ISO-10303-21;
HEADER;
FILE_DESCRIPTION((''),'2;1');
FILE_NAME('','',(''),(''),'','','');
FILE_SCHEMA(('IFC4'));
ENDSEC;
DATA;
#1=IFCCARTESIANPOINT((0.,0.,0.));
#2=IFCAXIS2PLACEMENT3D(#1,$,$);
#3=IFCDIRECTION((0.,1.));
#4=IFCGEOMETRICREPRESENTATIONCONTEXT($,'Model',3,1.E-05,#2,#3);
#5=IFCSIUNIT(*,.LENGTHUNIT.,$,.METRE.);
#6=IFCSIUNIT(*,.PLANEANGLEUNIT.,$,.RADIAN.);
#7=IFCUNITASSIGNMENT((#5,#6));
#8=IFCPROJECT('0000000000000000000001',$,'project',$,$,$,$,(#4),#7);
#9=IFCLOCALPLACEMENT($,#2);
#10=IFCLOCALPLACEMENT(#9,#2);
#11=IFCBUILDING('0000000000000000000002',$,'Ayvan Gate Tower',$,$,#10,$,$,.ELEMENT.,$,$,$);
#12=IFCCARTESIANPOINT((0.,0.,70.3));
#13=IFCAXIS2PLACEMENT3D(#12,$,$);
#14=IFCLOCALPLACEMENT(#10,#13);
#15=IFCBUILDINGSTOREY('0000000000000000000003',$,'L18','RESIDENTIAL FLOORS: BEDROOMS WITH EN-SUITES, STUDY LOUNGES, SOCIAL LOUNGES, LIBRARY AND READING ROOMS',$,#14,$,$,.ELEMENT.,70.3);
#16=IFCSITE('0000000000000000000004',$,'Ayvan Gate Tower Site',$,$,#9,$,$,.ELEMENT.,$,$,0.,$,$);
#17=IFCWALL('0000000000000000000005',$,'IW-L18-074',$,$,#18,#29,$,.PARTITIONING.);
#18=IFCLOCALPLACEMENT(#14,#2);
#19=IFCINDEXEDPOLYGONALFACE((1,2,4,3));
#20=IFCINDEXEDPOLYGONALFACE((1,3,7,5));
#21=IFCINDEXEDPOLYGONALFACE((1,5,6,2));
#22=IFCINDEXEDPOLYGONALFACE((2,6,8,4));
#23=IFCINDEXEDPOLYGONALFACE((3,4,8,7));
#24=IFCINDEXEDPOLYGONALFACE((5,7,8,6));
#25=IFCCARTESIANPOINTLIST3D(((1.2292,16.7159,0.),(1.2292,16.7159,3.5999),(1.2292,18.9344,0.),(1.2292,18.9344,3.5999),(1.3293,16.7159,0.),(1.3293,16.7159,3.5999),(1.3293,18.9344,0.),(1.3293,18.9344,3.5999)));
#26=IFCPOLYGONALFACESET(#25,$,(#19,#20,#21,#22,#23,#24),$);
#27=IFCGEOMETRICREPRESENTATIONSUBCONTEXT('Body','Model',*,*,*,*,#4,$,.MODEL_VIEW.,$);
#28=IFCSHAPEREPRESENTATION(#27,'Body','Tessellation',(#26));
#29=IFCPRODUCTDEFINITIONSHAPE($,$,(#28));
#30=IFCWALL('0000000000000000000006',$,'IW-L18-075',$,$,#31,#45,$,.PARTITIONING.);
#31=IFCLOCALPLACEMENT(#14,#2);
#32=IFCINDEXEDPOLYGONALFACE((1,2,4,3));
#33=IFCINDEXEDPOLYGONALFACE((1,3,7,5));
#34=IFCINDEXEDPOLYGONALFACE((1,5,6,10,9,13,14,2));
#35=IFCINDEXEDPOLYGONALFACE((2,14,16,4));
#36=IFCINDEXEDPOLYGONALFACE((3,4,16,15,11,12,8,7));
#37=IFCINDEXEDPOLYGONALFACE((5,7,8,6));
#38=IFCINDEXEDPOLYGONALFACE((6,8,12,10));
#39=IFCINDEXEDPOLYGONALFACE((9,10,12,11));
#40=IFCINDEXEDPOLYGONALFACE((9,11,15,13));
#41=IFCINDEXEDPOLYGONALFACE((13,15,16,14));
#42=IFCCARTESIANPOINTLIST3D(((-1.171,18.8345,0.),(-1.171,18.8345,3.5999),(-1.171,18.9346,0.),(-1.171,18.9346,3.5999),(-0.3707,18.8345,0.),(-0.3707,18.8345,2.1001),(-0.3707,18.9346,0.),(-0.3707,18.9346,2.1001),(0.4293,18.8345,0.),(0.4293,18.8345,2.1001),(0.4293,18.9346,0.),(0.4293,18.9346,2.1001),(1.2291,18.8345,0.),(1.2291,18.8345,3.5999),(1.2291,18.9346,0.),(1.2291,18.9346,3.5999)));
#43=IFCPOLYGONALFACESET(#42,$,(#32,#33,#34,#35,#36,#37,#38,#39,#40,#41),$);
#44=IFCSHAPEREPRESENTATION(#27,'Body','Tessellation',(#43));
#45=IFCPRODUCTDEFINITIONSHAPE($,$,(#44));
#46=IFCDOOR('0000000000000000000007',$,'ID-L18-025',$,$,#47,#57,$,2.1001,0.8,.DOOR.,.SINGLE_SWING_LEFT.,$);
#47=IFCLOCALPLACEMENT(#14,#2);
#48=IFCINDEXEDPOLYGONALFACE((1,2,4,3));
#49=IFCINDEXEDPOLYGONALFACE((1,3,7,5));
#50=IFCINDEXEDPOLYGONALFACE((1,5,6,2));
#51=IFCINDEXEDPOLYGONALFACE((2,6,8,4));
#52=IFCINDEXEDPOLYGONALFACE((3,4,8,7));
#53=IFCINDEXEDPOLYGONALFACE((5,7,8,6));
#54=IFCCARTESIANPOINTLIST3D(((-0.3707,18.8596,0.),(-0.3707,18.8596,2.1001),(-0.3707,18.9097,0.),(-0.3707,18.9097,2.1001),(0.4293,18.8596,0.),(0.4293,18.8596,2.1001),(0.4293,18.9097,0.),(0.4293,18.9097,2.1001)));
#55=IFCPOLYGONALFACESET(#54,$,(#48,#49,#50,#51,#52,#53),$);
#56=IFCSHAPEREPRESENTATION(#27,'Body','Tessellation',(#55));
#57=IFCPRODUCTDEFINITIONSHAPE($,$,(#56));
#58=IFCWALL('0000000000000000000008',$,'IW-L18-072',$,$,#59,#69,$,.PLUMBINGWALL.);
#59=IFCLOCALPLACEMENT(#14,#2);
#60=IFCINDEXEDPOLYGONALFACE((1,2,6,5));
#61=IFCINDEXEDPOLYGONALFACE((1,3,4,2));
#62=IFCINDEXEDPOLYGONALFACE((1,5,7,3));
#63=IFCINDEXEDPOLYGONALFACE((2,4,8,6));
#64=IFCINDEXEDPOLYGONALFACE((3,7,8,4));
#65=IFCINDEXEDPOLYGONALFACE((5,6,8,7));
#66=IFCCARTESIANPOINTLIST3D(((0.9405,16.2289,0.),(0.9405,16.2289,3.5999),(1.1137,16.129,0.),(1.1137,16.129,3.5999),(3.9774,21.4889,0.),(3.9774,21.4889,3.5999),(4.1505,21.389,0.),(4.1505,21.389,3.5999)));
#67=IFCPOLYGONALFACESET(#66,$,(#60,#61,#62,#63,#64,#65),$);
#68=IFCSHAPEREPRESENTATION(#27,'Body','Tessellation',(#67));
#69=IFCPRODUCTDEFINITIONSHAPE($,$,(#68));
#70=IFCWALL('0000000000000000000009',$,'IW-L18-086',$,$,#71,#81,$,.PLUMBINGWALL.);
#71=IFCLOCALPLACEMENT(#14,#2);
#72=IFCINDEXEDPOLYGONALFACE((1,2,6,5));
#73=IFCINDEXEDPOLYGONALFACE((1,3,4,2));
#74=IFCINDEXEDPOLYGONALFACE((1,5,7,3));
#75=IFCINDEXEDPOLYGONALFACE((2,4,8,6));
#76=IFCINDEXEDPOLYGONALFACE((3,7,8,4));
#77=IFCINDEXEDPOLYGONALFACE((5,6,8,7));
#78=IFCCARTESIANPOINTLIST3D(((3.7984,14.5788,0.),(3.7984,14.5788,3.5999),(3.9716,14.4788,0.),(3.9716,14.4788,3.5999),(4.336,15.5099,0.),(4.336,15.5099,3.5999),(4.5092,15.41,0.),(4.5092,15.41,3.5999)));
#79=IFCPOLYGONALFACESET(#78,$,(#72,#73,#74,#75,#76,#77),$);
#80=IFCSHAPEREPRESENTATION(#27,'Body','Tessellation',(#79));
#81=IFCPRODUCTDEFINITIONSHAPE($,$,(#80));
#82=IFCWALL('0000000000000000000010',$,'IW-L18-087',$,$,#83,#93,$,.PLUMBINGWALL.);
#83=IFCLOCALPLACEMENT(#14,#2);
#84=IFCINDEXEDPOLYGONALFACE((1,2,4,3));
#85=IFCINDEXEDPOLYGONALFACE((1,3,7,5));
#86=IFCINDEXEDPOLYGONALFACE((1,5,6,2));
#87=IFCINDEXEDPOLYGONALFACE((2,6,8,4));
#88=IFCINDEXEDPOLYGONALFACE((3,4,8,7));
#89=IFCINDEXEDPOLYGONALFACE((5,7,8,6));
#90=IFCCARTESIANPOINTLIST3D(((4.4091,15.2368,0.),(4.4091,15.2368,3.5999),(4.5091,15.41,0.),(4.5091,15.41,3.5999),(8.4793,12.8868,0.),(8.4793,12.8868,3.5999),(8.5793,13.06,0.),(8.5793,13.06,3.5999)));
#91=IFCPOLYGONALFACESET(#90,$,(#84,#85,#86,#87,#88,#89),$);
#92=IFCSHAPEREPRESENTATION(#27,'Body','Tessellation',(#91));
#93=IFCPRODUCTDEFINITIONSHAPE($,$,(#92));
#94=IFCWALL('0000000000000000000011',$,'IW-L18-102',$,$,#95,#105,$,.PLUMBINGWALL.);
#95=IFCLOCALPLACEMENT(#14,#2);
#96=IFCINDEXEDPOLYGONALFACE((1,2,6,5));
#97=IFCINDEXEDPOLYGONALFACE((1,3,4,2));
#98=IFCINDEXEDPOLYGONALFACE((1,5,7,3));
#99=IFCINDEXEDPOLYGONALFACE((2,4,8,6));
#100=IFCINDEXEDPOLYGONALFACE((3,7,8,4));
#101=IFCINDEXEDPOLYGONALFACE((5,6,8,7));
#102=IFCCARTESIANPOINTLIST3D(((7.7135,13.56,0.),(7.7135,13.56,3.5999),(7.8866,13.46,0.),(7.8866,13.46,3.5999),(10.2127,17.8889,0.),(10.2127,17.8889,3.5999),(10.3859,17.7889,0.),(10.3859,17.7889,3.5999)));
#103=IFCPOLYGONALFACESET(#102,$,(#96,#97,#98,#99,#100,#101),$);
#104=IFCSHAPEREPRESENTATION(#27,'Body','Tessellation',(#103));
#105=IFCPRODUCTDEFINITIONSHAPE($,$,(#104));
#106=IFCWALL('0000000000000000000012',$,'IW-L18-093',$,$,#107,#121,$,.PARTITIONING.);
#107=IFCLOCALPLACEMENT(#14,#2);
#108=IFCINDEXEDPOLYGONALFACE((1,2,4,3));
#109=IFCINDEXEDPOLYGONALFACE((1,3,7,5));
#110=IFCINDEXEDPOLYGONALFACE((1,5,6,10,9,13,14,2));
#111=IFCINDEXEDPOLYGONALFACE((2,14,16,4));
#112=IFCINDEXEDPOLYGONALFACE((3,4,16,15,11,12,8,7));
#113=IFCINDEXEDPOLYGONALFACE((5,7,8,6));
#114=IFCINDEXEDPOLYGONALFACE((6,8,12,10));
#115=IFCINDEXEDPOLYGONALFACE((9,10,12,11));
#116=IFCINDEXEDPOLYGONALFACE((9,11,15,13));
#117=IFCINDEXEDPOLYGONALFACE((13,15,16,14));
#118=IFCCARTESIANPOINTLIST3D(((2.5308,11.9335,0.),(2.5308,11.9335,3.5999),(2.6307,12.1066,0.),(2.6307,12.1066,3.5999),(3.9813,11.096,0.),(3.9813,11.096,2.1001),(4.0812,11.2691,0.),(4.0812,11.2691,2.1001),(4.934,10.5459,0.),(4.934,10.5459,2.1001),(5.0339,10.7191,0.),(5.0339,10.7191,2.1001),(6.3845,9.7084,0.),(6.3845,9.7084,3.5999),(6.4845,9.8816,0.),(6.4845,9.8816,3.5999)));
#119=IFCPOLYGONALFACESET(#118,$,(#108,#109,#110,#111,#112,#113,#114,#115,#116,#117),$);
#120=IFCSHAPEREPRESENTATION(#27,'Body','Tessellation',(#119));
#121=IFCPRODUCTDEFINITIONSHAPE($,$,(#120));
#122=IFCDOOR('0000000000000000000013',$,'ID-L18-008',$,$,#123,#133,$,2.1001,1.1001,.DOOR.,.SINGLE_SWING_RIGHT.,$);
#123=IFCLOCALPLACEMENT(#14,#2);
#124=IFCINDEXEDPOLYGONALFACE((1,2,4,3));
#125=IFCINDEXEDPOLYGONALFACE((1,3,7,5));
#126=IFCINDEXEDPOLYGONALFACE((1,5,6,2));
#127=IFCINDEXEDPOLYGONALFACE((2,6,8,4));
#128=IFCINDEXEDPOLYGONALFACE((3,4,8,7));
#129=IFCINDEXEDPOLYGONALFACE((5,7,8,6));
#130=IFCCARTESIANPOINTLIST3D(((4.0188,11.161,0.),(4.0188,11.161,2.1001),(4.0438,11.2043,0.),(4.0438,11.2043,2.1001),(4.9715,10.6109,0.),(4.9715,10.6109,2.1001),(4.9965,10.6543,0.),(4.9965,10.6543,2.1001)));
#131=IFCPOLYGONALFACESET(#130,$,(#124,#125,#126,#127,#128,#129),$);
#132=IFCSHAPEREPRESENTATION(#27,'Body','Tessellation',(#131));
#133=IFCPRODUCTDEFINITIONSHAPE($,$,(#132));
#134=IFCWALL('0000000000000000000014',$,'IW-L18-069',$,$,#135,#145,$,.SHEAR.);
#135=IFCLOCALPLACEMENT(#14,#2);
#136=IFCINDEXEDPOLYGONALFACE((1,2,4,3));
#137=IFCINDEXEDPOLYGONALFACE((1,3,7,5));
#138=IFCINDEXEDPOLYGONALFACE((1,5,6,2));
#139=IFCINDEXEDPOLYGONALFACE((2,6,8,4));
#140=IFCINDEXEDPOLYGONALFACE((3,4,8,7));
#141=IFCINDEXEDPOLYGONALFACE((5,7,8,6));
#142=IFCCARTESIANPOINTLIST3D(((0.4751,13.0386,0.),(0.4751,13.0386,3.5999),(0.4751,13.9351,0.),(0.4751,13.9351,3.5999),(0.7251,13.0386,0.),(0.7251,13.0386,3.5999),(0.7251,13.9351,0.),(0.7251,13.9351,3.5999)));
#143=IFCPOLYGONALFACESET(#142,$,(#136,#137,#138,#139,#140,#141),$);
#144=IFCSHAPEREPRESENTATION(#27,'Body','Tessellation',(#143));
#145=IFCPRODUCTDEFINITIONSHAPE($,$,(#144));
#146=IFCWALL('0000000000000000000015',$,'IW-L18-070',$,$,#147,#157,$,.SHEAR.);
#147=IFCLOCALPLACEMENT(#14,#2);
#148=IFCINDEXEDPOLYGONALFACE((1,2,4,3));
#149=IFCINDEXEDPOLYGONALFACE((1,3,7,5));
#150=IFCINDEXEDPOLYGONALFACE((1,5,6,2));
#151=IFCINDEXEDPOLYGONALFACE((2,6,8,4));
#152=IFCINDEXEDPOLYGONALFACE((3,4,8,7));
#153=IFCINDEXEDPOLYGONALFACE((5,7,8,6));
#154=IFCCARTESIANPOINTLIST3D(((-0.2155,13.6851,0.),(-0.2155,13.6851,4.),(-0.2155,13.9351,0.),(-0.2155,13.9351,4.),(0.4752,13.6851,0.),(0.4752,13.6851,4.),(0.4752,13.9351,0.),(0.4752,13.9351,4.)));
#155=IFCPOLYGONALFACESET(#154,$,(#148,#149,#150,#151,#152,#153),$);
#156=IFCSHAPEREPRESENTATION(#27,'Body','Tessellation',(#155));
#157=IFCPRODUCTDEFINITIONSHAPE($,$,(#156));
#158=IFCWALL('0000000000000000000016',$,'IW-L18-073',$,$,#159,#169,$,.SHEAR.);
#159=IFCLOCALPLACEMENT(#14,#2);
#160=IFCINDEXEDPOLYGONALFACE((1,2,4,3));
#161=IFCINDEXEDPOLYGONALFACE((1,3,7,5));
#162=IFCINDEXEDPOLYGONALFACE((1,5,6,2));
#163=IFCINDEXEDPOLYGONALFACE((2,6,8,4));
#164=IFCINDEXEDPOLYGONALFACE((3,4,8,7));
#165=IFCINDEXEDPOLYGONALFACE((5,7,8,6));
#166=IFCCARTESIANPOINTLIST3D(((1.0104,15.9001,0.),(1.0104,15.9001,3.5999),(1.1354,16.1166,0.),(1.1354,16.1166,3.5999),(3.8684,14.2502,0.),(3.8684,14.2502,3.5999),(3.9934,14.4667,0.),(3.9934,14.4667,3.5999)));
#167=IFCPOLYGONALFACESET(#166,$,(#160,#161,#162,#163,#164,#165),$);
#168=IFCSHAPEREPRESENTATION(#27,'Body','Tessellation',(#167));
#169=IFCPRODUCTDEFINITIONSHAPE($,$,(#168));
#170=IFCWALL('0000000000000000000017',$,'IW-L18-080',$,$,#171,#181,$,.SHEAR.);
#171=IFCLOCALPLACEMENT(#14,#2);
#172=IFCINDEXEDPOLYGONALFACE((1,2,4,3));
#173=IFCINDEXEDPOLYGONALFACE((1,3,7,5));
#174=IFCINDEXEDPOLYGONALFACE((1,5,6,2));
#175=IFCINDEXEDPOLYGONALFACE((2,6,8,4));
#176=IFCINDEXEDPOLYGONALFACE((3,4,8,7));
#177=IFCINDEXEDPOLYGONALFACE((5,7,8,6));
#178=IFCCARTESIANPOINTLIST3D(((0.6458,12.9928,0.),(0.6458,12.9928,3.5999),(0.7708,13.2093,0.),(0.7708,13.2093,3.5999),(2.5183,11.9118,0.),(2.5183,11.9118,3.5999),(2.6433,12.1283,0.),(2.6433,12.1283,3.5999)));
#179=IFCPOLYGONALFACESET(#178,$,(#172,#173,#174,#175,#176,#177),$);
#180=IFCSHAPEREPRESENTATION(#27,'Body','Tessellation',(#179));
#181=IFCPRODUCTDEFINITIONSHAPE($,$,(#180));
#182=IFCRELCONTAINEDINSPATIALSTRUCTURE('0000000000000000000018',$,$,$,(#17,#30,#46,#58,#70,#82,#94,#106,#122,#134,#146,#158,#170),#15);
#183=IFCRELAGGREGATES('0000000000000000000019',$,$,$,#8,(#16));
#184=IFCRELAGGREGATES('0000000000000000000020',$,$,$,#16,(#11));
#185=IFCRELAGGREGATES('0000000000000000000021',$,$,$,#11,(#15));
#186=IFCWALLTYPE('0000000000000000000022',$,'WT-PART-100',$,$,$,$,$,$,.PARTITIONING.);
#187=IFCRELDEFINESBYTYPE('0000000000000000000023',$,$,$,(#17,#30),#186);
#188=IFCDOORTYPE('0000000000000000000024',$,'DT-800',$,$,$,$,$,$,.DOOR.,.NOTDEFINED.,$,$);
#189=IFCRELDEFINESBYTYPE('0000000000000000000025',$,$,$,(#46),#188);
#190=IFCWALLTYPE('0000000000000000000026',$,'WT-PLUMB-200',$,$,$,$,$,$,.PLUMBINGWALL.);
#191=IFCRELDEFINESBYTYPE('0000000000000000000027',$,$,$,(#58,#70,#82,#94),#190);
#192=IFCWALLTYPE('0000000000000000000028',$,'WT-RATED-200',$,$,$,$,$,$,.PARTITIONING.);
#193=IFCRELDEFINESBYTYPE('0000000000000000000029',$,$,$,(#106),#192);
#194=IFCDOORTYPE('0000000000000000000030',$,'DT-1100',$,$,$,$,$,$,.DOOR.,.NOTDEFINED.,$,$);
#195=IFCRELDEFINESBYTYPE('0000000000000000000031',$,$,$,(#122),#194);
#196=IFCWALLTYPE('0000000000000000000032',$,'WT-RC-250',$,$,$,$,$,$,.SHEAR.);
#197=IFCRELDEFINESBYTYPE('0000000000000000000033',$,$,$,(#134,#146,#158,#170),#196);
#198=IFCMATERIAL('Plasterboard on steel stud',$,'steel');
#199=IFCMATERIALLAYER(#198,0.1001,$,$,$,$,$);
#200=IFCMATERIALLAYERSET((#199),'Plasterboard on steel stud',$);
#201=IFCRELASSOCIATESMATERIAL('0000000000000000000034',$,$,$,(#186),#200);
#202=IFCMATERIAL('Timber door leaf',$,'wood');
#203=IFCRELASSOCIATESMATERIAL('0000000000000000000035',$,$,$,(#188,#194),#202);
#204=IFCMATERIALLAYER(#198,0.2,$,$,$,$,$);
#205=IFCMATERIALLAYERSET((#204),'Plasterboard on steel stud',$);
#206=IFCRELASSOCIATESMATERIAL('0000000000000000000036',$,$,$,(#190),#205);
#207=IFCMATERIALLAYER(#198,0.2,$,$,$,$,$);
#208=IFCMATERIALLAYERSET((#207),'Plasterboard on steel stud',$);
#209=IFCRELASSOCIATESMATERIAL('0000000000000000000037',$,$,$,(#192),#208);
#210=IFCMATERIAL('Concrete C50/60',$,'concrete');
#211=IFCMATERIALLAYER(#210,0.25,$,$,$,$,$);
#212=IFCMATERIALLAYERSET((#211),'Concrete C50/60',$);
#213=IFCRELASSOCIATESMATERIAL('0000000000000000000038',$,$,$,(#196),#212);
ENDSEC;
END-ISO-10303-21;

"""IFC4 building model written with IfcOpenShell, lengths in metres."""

from ifc_helpers import new_model, si_unit, direction, frame, frame_2d, origin, place, context, subcontext, project, spatial, rectangle, extrude, material, layer, layer_set, type_object, element, fill, save


model = new_model("IFC4")

# Units and contexts
model_context = context("Model", 3, precision=1e-05, world=origin(), true_north=direction((0.0, 1.0)))
body_context = subcontext(model_context, "Body", "Model", "MODEL_VIEW")
ifc_project = project(units=[si_unit("LENGTHUNIT", "METRE"), si_unit("PLANEANGLEUNIT", "RADIAN")], contexts=[model_context])

# Site, building, storey
site_placement = place(None, origin())
site = spatial("IfcSite", under=ifc_project, at=site_placement, Name="Ayvan Gate Tower Site", CompositionType="ELEMENT", RefElevation=0.0)
building_placement = place(site_placement, origin())
building = spatial("IfcBuilding", under=site, at=building_placement, Name="Ayvan Gate Tower", CompositionType="ELEMENT")
storey_placement = place(building_placement, frame((0.0, 0.0, 70.3)))
storey = spatial("IfcBuildingStorey", under=building, at=storey_placement, Name="L18", Description="RESIDENTIAL FLOORS: BEDROOMS WITH EN-SUITES, STUDY LOUNGES, SOCIAL LOUNGES, LIBRARY AND READING ROOMS", CompositionType="ELEMENT", Elevation=70.3)

# Wall
ifc_material_1 = material(Name="Plasterboard on steel stud", Category="steel")
ifc_layer_1 = layer(ifc_material_1, 0.1001)
ifc_layer_set_1 = layer_set([ifc_layer_1], Name="Plasterboard on steel stud")
wall_type_1 = type_object("IfcWallType", Name="WT-PART-100", PredefinedType="PARTITIONING", material=ifc_layer_set_1)
wall_1_placement = place(storey_placement, frame((1.2793, 16.7158, 0.0), z_axis=(0.0, 0.0, 1.0), x_axis=(0.0, 1.0, 0.0)))
element("IfcWall", 1, at=wall_1_placement, inside=storey, type_object=wall_type_1, Name="IW-L18-074", PredefinedType="PARTITIONING", context=body_context, shape_type="SweptSolid", body=[
    extrude(rectangle(XDim=2.2185, YDim=0.1001, at=frame_2d((1.1094, 0.0))), origin(), (0.0, 0.0, 1.0), 3.5999),
])

# Wall, opening, door
wall_2_placement = place(storey_placement, frame((1.2292, 18.8845, 0.0), z_axis=(0.0, 0.0, 1.0), x_axis=(-1.0, 0.0, 0.0)))
wall_2 = element("IfcWall", 2, at=wall_2_placement, inside=storey, type_object=wall_type_1, Name="IW-L18-075", PredefinedType="PARTITIONING", context=body_context, shape_type="SweptSolid", body=[
    extrude(rectangle(XDim=2.4001, YDim=0.1001, at=frame_2d((1.2002, 0.0))), origin(), (0.0, 0.0, 1.0), 3.5999),
])
opening_1_placement = place(wall_2_placement, frame((0.8, 0.0, 0.0)))
opening_1 = element("IfcOpeningElement", 3, at=opening_1_placement, cuts=wall_2, PredefinedType="OPENING", context=body_context, shape_type="SweptSolid", body=[
    extrude(rectangle(XDim=0.8, YDim=2.1001, at=frame_2d((0.3999, 1.05))), frame((0.0, 0.0601, 0.0), z_axis=(0.0, -1.0, 0.0), x_axis=(1.0, 0.0, 0.0)), (0.0, 0.0, 1.0), 0.1201),
])
ifc_material_2 = material(Name="Timber door leaf", Category="wood")
door_type_1 = type_object("IfcDoorType", Name="DT-800", OperationType="NOTDEFINED", PredefinedType="DOOR", material=ifc_material_2)
door_1_placement = place(opening_1_placement, origin())
door_1 = element("IfcDoor", 4, at=door_1_placement, inside=storey, type_object=door_type_1, Name="ID-L18-025", OperationType="SINGLE_SWING_LEFT", OverallHeight=2.1001, OverallWidth=0.8, PredefinedType="DOOR", context=body_context, shape_type="SweptSolid", body=[
    extrude(rectangle(XDim=0.8, YDim=2.1001, at=frame_2d((0.3999, 1.05))), frame((0.0, 0.0249, 0.0), z_axis=(0.0, -1.0, 0.0), x_axis=(1.0, 0.0, 0.0)), (0.0, 0.0, 1.0), 0.05),
])
fill(opening_1, door_1)

# Walls
ifc_layer_2 = layer(ifc_material_1, 0.2)
ifc_layer_set_2 = layer_set([ifc_layer_2], Name="Plasterboard on steel stud")
wall_type_2 = type_object("IfcWallType", Name="WT-PLUMB-200", PredefinedType="PLUMBINGWALL", material=ifc_layer_set_2)
wall_3_placement = place(storey_placement, frame((1.0271, 16.179, 0.0), z_axis=(0.0, 0.0, 1.0), x_axis=(0.5, 0.866026, 0.0)))
element("IfcWall", 5, at=wall_3_placement, inside=storey, type_object=wall_type_2, Name="IW-L18-072", PredefinedType="PLUMBINGWALL", context=body_context, shape_type="SweptSolid", body=[
    extrude(rectangle(XDim=6.0737, YDim=0.2, at=frame_2d((3.0369, 0.0))), origin(), (0.0, 0.0, 1.0), 3.5999),
])
wall_4_placement = place(storey_placement, frame((3.885, 14.5288, 0.0), z_axis=(0.0, 0.0, 1.0), x_axis=(0.499998, 0.866027, 0.0)))
element("IfcWall", 6, at=wall_4_placement, inside=storey, type_object=wall_type_2, Name="IW-L18-086", PredefinedType="PLUMBINGWALL", context=body_context, shape_type="SweptSolid", body=[
    extrude(rectangle(XDim=1.0752, YDim=0.2, at=frame_2d((0.5376, 0.0))), origin(), (0.0, 0.0, 1.0), 3.5999),
])
wall_5_placement = place(storey_placement, frame((4.459, 15.3235, 0.0), z_axis=(0.0, 0.0, 1.0), x_axis=(0.866016, -0.500016, 0.0)))
element("IfcWall", 7, at=wall_5_placement, inside=storey, type_object=wall_type_2, Name="IW-L18-087", PredefinedType="PLUMBINGWALL", context=body_context, shape_type="SweptSolid", body=[
    extrude(rectangle(XDim=4.7, YDim=0.2, at=frame_2d((2.3501, 0.0))), origin(), (0.0, 0.0, 1.0), 3.5999),
])
wall_6_placement = place(storey_placement, frame((7.8, 13.51, 0.0), z_axis=(0.0, 0.0, 1.0), x_axis=(0.5, 0.866025, 0.0)))
element("IfcWall", 8, at=wall_6_placement, inside=storey, type_object=wall_type_2, Name="IW-L18-102", PredefinedType="PLUMBINGWALL", context=body_context, shape_type="SweptSolid", body=[
    extrude(rectangle(XDim=4.9985, YDim=0.2, at=frame_2d((2.4993, 0.0))), origin(), (0.0, 0.0, 1.0), 3.5999),
])

# Wall, opening, door
ifc_layer_3 = layer(ifc_material_1, 0.2)
ifc_layer_set_3 = layer_set([ifc_layer_3], Name="Plasterboard on steel stud")
wall_type_3 = type_object("IfcWallType", Name="WT-RATED-200", PredefinedType="PARTITIONING", material=ifc_layer_set_3)
wall_7_placement = place(storey_placement, frame((6.4346, 9.7949, 0.0), z_axis=(0.0, 0.0, 1.0), x_axis=(-0.866013, 0.500022, 0.0)))
wall_7 = element("IfcWall", 9, at=wall_7_placement, inside=storey, type_object=wall_type_3, Name="IW-L18-093", PredefinedType="PARTITIONING", context=body_context, shape_type="SweptSolid", body=[
    extrude(rectangle(XDim=4.45, YDim=0.2, at=frame_2d((2.2251, 0.0))), origin(), (0.0, 0.0, 1.0), 3.5999),
])
opening_2_placement = place(wall_7_placement, frame((1.675, 0.0, 0.0)))
opening_2 = element("IfcOpeningElement", 10, at=opening_2_placement, cuts=wall_7, PredefinedType="OPENING", context=body_context, shape_type="SweptSolid", body=[
    extrude(rectangle(XDim=1.1001, YDim=2.1001, at=frame_2d((0.55, 1.05))), frame((0.0, 0.1099, 0.0), z_axis=(0.0, -1.0, 0.0), x_axis=(1.0, 0.0, 0.0)), (0.0, 0.0, 1.0), 0.22),
])
door_type_2 = type_object("IfcDoorType", Name="DT-1100", OperationType="NOTDEFINED", PredefinedType="DOOR", material=ifc_material_2)
door_2_placement = place(opening_2_placement, origin())
door_2 = element("IfcDoor", 11, at=door_2_placement, inside=storey, type_object=door_type_2, Name="ID-L18-008", OperationType="SINGLE_SWING_RIGHT", OverallHeight=2.1001, OverallWidth=1.1001, PredefinedType="DOOR", context=body_context, shape_type="SweptSolid", body=[
    extrude(rectangle(XDim=1.1001, YDim=2.1001, at=frame_2d((0.55, 1.05))), frame((0.0, 0.0249, 0.0), z_axis=(0.0, -1.0, 0.0), x_axis=(1.0, 0.0, 0.0)), (0.0, 0.0, 1.0), 0.05),
])
fill(opening_2, door_2)

# Walls
ifc_material_3 = material(Name="Concrete C50/60", Category="concrete")
ifc_layer_4 = layer(ifc_material_3, 0.25)
ifc_layer_set_4 = layer_set([ifc_layer_4], Name="Concrete C50/60")
wall_type_4 = type_object("IfcWallType", Name="WT-RC-250", PredefinedType="SHEAR", material=ifc_layer_set_4)
wall_8_placement = place(storey_placement, frame((0.6001, 13.0386, 0.0), z_axis=(0.0, 0.0, 1.0), x_axis=(0.0, 1.0, 0.0)))
element("IfcWall", 12, at=wall_8_placement, inside=storey, type_object=wall_type_4, Name="IW-L18-069", PredefinedType="SHEAR", context=body_context, shape_type="SweptSolid", body=[
    extrude(rectangle(XDim=0.8965, YDim=0.25, at=frame_2d((0.4482, 0.0))), origin(), (0.0, 0.0, 1.0), 3.5999),
])
wall_9_placement = place(storey_placement, frame((0.4751, 13.8101, 0.0), z_axis=(0.0, 0.0, 1.0), x_axis=(-1.0, 0.0, 0.0)))
element("IfcWall", 13, at=wall_9_placement, inside=storey, type_object=wall_type_4, Name="IW-L18-070", PredefinedType="SHEAR", context=body_context, shape_type="SweptSolid", body=[
    extrude(rectangle(XDim=0.6907, YDim=0.25, at=frame_2d((0.3452, 0.0))), origin(), (0.0, 0.0, 1.0), 4.0),
])
wall_10_placement = place(storey_placement, frame((1.073, 16.0083, 0.0), z_axis=(0.0, 0.0, 1.0), x_axis=(0.86604, -0.499974, 0.0)))
element("IfcWall", 14, at=wall_10_placement, inside=storey, type_object=wall_type_4, Name="IW-L18-073", PredefinedType="SHEAR", context=body_context, shape_type="SweptSolid", body=[
    extrude(rectangle(XDim=3.3, YDim=0.25, at=frame_2d((1.6499, 0.0))), origin(), (0.0, 0.0, 1.0), 3.5999),
])
wall_11_placement = place(storey_placement, frame((2.5808, 12.02, 0.0), z_axis=(0.0, 0.0, 1.0), x_axis=(-0.866039, 0.499977, 0.0)))
element("IfcWall", 15, at=wall_11_placement, inside=storey, type_object=wall_type_4, Name="IW-L18-080", PredefinedType="SHEAR", context=body_context, shape_type="SweptSolid", body=[
    extrude(rectangle(XDim=2.1621, YDim=0.25, at=frame_2d((1.0811, 0.0))), origin(), (0.0, 0.0, 1.0), 3.5999),
])

save(model, "model.ifc")
